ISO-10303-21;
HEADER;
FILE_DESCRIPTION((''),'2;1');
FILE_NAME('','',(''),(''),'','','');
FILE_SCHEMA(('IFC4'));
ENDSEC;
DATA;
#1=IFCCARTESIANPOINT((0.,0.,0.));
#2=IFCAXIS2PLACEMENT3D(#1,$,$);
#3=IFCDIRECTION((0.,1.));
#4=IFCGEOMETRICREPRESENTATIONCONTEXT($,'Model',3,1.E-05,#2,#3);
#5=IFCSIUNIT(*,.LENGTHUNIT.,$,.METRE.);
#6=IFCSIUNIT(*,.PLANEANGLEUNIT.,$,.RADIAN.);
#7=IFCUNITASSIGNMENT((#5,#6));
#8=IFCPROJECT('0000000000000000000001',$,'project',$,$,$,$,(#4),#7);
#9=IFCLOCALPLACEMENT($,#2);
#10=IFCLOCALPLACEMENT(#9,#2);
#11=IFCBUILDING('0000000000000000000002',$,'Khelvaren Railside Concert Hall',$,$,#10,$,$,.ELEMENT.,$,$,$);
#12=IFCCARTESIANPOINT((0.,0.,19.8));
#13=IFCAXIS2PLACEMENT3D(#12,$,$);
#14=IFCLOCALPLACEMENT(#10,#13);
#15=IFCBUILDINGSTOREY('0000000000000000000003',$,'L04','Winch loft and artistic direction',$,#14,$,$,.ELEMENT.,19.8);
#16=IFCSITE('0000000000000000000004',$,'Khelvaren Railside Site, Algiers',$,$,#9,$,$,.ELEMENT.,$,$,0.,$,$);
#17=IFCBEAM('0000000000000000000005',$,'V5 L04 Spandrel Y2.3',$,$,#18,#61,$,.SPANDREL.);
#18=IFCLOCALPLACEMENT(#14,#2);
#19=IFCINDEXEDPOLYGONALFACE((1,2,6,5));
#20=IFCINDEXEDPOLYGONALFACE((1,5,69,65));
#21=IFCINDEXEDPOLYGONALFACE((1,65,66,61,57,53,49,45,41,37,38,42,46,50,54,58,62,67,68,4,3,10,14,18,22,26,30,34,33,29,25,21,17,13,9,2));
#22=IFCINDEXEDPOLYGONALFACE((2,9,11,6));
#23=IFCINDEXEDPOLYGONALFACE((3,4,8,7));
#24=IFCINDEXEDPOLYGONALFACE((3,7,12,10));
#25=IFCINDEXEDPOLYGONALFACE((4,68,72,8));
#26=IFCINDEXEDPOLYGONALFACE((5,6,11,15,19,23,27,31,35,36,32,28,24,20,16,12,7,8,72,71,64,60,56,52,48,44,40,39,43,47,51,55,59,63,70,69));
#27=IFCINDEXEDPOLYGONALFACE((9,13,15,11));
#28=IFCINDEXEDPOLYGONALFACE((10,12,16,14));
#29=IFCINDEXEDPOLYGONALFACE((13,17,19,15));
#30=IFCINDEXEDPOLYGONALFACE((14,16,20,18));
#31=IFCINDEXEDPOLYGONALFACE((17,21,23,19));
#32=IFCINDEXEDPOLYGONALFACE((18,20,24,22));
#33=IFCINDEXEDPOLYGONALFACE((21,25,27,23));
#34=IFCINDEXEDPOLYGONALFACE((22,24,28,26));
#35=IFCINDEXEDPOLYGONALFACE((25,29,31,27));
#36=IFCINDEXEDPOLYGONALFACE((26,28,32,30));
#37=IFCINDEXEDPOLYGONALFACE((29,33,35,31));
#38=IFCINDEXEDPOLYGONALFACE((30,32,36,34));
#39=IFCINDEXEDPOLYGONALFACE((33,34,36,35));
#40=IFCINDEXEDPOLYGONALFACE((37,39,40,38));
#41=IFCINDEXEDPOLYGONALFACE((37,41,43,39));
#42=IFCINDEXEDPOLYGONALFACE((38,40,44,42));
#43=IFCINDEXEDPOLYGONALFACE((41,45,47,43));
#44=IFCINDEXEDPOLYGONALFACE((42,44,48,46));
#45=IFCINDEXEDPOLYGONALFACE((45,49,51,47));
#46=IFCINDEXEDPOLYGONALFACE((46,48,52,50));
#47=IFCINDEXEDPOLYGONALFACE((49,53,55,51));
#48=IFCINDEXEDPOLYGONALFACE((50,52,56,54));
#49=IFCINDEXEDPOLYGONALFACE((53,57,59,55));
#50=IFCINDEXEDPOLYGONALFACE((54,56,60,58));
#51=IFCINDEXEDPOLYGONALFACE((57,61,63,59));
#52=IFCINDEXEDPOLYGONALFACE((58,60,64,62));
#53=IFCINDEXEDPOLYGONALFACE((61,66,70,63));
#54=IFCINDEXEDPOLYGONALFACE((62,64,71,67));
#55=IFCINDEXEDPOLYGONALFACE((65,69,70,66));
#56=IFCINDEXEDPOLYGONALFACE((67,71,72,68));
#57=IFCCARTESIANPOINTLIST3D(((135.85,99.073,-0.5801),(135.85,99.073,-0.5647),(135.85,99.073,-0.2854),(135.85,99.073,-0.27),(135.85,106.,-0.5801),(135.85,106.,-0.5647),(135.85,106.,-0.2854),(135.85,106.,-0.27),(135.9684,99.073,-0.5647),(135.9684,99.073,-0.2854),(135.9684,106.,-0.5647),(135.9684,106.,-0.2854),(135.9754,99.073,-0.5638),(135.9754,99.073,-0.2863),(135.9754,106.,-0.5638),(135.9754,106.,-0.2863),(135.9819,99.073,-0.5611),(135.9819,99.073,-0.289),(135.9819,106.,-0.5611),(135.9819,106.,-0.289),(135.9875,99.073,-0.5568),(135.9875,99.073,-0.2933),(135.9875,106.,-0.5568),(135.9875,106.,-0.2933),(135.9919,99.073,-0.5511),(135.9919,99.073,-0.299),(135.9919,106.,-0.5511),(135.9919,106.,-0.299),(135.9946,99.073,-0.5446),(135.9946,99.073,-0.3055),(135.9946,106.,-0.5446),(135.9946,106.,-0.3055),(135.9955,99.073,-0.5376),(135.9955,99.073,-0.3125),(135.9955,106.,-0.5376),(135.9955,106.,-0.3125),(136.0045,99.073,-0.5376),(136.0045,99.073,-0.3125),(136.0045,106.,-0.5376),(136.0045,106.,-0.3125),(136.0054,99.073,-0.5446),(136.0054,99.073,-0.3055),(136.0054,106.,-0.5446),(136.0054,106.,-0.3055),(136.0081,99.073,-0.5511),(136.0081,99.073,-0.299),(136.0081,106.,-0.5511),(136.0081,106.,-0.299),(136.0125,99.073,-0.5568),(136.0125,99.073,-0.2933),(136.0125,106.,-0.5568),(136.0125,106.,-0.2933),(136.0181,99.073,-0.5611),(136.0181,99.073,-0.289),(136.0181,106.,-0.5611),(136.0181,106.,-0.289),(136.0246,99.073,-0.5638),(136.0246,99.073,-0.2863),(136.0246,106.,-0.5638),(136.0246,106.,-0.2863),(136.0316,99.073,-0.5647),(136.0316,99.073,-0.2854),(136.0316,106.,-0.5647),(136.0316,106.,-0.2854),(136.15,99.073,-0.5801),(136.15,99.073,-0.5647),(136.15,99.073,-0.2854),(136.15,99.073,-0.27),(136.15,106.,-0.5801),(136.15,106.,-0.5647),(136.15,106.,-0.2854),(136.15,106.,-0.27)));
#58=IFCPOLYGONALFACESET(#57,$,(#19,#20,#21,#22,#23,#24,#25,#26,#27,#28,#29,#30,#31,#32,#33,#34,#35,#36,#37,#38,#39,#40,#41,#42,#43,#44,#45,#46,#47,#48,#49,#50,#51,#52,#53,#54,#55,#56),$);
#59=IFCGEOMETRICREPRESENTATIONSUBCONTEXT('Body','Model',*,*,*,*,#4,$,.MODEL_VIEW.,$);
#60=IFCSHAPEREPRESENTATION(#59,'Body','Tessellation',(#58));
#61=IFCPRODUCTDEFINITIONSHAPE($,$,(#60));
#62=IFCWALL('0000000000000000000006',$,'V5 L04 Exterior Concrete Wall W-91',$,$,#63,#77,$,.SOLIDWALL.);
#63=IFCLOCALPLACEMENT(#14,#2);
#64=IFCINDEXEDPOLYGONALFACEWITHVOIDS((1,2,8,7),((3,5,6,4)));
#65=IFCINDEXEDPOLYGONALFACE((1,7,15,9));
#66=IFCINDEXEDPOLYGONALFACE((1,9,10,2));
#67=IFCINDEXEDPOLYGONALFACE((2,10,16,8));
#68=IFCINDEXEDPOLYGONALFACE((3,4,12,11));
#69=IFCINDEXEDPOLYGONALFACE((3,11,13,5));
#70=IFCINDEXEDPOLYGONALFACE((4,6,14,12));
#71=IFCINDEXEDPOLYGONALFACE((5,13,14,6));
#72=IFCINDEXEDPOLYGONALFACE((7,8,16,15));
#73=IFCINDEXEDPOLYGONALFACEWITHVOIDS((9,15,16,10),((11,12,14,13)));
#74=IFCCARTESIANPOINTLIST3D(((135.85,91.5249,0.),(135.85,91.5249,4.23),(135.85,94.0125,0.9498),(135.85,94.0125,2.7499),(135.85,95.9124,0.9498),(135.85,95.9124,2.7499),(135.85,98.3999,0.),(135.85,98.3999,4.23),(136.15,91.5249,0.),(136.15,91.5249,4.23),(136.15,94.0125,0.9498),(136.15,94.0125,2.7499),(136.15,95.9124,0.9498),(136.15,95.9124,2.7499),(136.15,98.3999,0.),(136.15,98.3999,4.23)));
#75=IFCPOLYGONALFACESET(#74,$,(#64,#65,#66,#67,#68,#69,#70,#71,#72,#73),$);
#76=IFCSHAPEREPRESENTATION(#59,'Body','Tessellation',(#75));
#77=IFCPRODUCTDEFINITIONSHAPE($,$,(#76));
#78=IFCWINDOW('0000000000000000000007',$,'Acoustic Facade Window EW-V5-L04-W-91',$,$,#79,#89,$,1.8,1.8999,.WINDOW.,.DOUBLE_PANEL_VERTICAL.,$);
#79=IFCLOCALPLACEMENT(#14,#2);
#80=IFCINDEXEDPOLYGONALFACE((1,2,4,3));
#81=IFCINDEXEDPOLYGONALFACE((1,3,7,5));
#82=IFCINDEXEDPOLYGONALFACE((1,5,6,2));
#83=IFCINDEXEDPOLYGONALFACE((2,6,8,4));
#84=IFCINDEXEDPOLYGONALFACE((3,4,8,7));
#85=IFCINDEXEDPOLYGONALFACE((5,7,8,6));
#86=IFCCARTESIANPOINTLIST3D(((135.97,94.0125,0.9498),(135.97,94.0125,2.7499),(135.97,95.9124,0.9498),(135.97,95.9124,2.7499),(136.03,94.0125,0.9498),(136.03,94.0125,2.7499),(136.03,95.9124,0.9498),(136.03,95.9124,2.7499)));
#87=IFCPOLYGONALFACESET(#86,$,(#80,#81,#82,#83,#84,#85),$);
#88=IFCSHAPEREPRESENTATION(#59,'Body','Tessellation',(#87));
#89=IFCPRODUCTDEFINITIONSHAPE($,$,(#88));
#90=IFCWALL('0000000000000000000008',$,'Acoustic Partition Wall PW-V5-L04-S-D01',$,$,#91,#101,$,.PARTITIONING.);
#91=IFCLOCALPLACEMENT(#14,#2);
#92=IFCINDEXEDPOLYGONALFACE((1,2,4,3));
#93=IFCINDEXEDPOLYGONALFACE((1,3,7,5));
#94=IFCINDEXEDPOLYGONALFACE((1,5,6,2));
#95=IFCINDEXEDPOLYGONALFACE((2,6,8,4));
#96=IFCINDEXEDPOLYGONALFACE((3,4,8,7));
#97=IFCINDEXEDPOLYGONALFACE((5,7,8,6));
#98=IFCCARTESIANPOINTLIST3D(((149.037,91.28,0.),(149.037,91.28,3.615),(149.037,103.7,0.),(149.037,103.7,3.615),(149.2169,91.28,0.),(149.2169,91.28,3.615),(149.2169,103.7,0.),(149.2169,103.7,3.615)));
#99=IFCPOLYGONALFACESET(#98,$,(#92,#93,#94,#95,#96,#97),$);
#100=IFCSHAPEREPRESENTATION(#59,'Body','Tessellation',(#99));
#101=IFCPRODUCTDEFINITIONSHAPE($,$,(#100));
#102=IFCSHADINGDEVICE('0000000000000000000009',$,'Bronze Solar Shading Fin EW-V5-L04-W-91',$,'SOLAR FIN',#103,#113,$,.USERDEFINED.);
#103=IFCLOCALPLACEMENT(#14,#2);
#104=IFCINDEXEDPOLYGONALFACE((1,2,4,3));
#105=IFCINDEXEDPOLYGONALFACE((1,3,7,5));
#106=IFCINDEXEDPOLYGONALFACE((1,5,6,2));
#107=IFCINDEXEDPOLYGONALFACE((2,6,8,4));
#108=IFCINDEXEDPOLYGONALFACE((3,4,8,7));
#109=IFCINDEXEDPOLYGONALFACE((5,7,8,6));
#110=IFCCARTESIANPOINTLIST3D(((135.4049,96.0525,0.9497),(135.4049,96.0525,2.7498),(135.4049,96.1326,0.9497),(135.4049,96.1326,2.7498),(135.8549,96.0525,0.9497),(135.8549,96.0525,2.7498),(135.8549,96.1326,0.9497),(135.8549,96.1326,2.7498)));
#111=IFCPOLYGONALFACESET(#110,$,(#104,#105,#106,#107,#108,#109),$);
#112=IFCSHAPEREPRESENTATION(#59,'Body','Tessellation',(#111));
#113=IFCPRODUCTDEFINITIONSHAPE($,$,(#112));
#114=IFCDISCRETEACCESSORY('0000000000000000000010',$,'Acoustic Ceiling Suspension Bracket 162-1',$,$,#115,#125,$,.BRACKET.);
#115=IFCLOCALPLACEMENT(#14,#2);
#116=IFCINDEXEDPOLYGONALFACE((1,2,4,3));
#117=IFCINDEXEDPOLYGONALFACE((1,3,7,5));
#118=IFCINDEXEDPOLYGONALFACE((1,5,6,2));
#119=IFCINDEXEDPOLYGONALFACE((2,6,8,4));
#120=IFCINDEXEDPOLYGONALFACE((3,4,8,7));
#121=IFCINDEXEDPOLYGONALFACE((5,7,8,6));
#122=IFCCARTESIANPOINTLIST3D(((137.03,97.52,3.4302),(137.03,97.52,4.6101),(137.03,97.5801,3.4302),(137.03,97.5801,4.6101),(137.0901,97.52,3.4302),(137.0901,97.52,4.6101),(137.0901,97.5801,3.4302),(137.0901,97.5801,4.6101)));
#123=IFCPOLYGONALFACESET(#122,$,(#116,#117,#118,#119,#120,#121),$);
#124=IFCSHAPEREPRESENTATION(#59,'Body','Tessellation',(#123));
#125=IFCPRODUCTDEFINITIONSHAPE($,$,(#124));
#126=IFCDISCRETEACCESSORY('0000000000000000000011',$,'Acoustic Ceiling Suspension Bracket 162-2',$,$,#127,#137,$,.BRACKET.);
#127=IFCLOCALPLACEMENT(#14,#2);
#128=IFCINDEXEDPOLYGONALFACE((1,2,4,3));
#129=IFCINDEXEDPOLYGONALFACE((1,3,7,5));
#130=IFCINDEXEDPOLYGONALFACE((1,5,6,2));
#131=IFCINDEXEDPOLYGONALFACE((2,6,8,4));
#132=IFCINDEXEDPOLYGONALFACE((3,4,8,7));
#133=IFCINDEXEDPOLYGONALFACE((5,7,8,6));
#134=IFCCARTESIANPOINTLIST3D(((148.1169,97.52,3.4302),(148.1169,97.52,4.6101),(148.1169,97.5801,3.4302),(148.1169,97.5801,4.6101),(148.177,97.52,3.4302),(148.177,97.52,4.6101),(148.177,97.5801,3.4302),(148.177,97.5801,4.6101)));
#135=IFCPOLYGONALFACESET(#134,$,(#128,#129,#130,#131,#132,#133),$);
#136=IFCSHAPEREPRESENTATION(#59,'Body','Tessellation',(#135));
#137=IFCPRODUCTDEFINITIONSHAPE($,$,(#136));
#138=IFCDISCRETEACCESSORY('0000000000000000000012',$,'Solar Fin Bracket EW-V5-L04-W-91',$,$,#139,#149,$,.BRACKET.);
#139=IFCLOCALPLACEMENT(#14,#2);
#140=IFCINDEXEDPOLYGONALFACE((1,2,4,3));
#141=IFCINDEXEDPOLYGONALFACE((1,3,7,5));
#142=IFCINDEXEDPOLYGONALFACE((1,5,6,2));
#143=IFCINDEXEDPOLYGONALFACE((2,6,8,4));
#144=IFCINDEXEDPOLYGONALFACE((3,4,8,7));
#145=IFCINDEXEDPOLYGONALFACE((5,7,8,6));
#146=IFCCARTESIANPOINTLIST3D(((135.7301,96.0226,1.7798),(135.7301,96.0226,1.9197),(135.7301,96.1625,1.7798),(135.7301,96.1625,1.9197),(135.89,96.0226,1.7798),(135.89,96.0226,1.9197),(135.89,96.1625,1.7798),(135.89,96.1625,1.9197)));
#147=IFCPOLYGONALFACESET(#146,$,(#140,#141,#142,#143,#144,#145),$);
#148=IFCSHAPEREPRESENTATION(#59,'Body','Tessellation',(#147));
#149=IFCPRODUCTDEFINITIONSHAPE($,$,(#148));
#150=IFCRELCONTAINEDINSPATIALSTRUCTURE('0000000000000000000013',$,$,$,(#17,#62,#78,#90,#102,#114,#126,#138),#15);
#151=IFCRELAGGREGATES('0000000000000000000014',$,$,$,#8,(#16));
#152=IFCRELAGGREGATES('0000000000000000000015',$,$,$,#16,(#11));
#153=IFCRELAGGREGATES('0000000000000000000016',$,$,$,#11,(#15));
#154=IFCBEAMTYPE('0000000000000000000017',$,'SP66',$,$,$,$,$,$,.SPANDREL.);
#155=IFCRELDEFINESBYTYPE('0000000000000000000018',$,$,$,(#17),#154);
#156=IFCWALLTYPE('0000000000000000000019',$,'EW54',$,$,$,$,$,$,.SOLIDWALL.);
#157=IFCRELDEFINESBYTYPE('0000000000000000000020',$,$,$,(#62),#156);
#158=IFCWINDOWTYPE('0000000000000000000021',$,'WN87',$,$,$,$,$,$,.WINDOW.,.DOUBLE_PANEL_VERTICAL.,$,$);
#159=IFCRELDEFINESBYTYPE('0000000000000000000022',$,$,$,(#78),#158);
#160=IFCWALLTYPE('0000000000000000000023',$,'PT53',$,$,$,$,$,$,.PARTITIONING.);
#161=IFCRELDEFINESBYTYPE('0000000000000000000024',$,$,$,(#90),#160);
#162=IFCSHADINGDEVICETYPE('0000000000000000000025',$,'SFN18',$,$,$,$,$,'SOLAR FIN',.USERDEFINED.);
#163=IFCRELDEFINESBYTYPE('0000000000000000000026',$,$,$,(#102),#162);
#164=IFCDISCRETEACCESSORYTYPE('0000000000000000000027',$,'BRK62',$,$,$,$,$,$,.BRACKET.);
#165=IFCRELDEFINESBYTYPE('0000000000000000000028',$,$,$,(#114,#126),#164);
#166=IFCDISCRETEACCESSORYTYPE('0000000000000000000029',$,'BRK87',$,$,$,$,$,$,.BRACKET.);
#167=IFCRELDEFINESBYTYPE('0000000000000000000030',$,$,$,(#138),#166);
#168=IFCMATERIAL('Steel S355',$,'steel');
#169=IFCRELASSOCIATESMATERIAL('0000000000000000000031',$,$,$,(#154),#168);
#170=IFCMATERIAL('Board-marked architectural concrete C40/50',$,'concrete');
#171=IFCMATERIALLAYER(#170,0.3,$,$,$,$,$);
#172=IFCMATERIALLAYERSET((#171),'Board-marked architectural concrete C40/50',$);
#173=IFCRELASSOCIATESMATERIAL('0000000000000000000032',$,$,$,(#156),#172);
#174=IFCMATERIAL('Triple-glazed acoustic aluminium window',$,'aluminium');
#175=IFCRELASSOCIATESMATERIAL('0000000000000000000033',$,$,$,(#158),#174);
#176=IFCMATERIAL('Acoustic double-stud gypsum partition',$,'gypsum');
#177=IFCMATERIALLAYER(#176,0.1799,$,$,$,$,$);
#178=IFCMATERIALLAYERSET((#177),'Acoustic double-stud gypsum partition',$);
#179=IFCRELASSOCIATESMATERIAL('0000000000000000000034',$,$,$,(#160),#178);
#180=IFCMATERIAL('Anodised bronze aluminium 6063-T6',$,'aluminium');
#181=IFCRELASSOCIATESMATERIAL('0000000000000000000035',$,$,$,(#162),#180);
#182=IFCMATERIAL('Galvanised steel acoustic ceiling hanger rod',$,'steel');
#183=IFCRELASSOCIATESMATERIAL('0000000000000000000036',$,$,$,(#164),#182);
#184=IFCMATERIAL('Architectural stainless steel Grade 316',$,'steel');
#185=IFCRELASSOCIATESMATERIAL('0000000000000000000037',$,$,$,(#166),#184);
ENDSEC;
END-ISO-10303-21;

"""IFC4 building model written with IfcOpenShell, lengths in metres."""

from ifc_helpers import new_model, si_unit, direction, frame, frame_2d, origin, origin_2d, place, context, subcontext, project, spatial, rectangle, i_section, extrude, material, layer, layer_set, material_profile, profile_set, type_object, element, fill, save


model = new_model("IFC4")

# Units and contexts
model_context = context("Model", 3, precision=1e-05, world=origin(), true_north=direction((0.0, 1.0)))
body_context = subcontext(model_context, "Body", "Model", "MODEL_VIEW")
ifc_project = project(units=[si_unit("LENGTHUNIT", "METRE"), si_unit("PLANEANGLEUNIT", "RADIAN")], contexts=[model_context])

# Site, building, storey
site_placement = place(None, origin())
site = spatial("IfcSite", under=ifc_project, at=site_placement, Name="Khelvaren Railside Site, Algiers", CompositionType="ELEMENT", RefElevation=0.0)
building_placement = place(site_placement, origin())
building = spatial("IfcBuilding", under=site, at=building_placement, Name="Khelvaren Railside Concert Hall", CompositionType="ELEMENT")
storey_placement = place(building_placement, frame((0.0, 0.0, 19.8)))
storey = spatial("IfcBuildingStorey", under=building, at=storey_placement, Name="L04", Description="Winch loft and artistic direction", CompositionType="ELEMENT", Elevation=19.8)

# Beam
ifc_material_1 = material(Name="Steel S355", Category="steel")
ifc_material_profile_1 = material_profile(ifc_material_1, i_section(OverallWidth=0.3, OverallDepth=0.3101, WebThickness=0.009, FlangeThickness=0.0154, FilletRadius=0.0271, at=origin_2d()), Name="HEA 320")
ifc_profile_set_1 = profile_set([ifc_material_profile_1], Name="Steel S355")
beam_type_1 = type_object("IfcBeamType", Name="SP66", PredefinedType="SPANDREL", material=ifc_profile_set_1)
beam_1_placement = place(storey_placement, frame((136.0, 99.073, -0.425), z_axis=(0.0, 1.0, 0.0), x_axis=(-1.0, 0.0, 0.0)))
element("IfcBeam", 1, at=beam_1_placement, inside=storey, type_object=beam_type_1, Name="V5 L04 Spandrel Y2.3", PredefinedType="SPANDREL", context=body_context, shape_type="SweptSolid", body=[
    extrude(i_section(OverallWidth=0.3, OverallDepth=0.3101, WebThickness=0.009, FlangeThickness=0.0154, FilletRadius=0.0271, at=origin_2d()), origin(), (0.0, 0.0, 1.0), 6.927),
])

# Wall, opening, window
ifc_material_2 = material(Name="Board-marked architectural concrete C40/50", Category="concrete")
ifc_layer_1 = layer(ifc_material_2, 0.3)
ifc_layer_set_1 = layer_set([ifc_layer_1], Name="Board-marked architectural concrete C40/50")
wall_type_1 = type_object("IfcWallType", Name="EW54", PredefinedType="SOLIDWALL", material=ifc_layer_set_1)
wall_1_placement = place(storey_placement, frame((136.0, 91.5249, 0.0), z_axis=(0.0, 0.0, 1.0), x_axis=(0.0, 1.0, 0.0)))
wall_1 = element("IfcWall", 2, at=wall_1_placement, inside=storey, type_object=wall_type_1, Name="V5 L04 Exterior Concrete Wall W-91", PredefinedType="SOLIDWALL", context=body_context, shape_type="SweptSolid", body=[
    extrude(rectangle(XDim=6.875, YDim=0.3, at=frame_2d((3.4375, 0.0))), origin(), (0.0, 0.0, 1.0), 4.23),
])
opening_placement = place(wall_1_placement, frame((2.4875, 0.0, 0.95)))
opening = element("IfcOpeningElement", 3, at=opening_placement, cuts=wall_1, PredefinedType="OPENING", context=body_context, shape_type="SweptSolid", body=[
    extrude(rectangle(XDim=1.8999, YDim=1.8, at=frame_2d((0.95, 0.8999))), frame((0.0, 0.1599, 0.0), z_axis=(0.0, -1.0, 0.0), x_axis=(1.0, 0.0, 0.0)), (0.0, 0.0, 1.0), 0.3201),
])
ifc_material_3 = material(Name="Triple-glazed acoustic aluminium window", Category="aluminium")
window_type = type_object("IfcWindowType", Name="WN87", PartitioningType="DOUBLE_PANEL_VERTICAL", PredefinedType="WINDOW", material=ifc_material_3)
window_placement = place(opening_placement, origin())
window = element("IfcWindow", 4, at=window_placement, inside=storey, type_object=window_type, Name="Acoustic Facade Window EW-V5-L04-W-91", OverallHeight=1.8, OverallWidth=1.8999, PartitioningType="DOUBLE_PANEL_VERTICAL", PredefinedType="WINDOW", context=body_context, shape_type="SweptSolid", body=[
    extrude(rectangle(XDim=1.8999, YDim=1.8, at=frame_2d((0.95, 0.8999))), frame((0.0, 0.03, 0.0), z_axis=(0.0, -1.0, 0.0), x_axis=(1.0, 0.0, 0.0)), (0.0, 0.0, 1.0), 0.0601),
])
fill(opening, window)

# Wall
ifc_material_4 = material(Name="Acoustic double-stud gypsum partition", Category="gypsum")
ifc_layer_2 = layer(ifc_material_4, 0.1799)
ifc_layer_set_2 = layer_set([ifc_layer_2], Name="Acoustic double-stud gypsum partition")
wall_type_2 = type_object("IfcWallType", Name="PT53", PredefinedType="PARTITIONING", material=ifc_layer_set_2)
wall_2_placement = place(storey_placement, frame((149.127, 91.28, 0.0), z_axis=(0.0, 0.0, 1.0), x_axis=(0.0, 1.0, 0.0)))
element("IfcWall", 5, at=wall_2_placement, inside=storey, type_object=wall_type_2, Name="Acoustic Partition Wall PW-V5-L04-S-D01", PredefinedType="PARTITIONING", context=body_context, shape_type="SweptSolid", body=[
    extrude(rectangle(XDim=12.4199, YDim=0.1799, at=frame_2d((6.21, 0.0))), origin(), (0.0, 0.0, 1.0), 3.615),
])

# Shading device
ifc_material_5 = material(Name="Anodised bronze aluminium 6063-T6", Category="aluminium")
shading_device_type = type_object("IfcShadingDeviceType", Name="SFN18", ElementType="SOLAR FIN", PredefinedType="USERDEFINED", material=ifc_material_5)
shading_device_placement = place(storey_placement, frame((135.6299, 96.0925, 0.9497), z_axis=(0.0, 0.0, 1.0), x_axis=(0.0, 1.0, 0.0)))
element("IfcShadingDevice", 6, at=shading_device_placement, inside=storey, type_object=shading_device_type, Name="Bronze Solar Shading Fin EW-V5-L04-W-91", ObjectType="SOLAR FIN", PredefinedType="USERDEFINED", context=body_context, shape_type="SweptSolid", body=[
    extrude(rectangle(XDim=0.0801, YDim=0.45, at=origin_2d()), origin(), (0.0, 0.0, 1.0), 1.8),
])

# Discrete accessories
ifc_material_6 = material(Name="Galvanised steel acoustic ceiling hanger rod", Category="steel")
discrete_accessory_type_1 = type_object("IfcDiscreteAccessoryType", Name="BRK62", PredefinedType="BRACKET", material=ifc_material_6)
for number, where, z_axis, x_axis, name in (
    (7, (137.0601, 97.55, 3.4302), (0.0, 0.0, 1.0), (1.0, 0.0, 0.0), "Acoustic Ceiling Suspension Bracket 162-1"),
    (8, (148.147, 97.55, 3.4302), (0.0, 0.0, 1.0), (1.0, 0.0, 0.0), "Acoustic Ceiling Suspension Bracket 162-2"),
):
    element("IfcDiscreteAccessory", number, at=place(storey_placement, frame(where, z_axis=z_axis, x_axis=x_axis)), inside=storey, type_object=discrete_accessory_type_1, Name=name, PredefinedType="BRACKET", context=body_context, shape_type="SweptSolid", body=[
        extrude(rectangle(XDim=0.0601, YDim=0.0601, at=origin_2d()), origin(), (0.0, 0.0, 1.0), 1.1799),
    ])
ifc_material_7 = material(Name="Architectural stainless steel Grade 316", Category="steel")
discrete_accessory_type_2 = type_object("IfcDiscreteAccessoryType", Name="BRK87", PredefinedType="BRACKET", material=ifc_material_7)
discrete_accessory_placement = place(storey_placement, frame((135.8101, 96.0925, 1.7798), z_axis=(0.0, 0.0, 1.0), x_axis=(0.0, 1.0, 0.0)))
element("IfcDiscreteAccessory", 9, at=discrete_accessory_placement, inside=storey, type_object=discrete_accessory_type_2, Name="Solar Fin Bracket EW-V5-L04-W-91", PredefinedType="BRACKET", context=body_context, shape_type="SweptSolid", body=[
    extrude(rectangle(XDim=0.1399, YDim=0.1599, at=origin_2d()), origin(), (0.0, 0.0, 1.0), 0.1399),
])

save(model, "model.ifc")
